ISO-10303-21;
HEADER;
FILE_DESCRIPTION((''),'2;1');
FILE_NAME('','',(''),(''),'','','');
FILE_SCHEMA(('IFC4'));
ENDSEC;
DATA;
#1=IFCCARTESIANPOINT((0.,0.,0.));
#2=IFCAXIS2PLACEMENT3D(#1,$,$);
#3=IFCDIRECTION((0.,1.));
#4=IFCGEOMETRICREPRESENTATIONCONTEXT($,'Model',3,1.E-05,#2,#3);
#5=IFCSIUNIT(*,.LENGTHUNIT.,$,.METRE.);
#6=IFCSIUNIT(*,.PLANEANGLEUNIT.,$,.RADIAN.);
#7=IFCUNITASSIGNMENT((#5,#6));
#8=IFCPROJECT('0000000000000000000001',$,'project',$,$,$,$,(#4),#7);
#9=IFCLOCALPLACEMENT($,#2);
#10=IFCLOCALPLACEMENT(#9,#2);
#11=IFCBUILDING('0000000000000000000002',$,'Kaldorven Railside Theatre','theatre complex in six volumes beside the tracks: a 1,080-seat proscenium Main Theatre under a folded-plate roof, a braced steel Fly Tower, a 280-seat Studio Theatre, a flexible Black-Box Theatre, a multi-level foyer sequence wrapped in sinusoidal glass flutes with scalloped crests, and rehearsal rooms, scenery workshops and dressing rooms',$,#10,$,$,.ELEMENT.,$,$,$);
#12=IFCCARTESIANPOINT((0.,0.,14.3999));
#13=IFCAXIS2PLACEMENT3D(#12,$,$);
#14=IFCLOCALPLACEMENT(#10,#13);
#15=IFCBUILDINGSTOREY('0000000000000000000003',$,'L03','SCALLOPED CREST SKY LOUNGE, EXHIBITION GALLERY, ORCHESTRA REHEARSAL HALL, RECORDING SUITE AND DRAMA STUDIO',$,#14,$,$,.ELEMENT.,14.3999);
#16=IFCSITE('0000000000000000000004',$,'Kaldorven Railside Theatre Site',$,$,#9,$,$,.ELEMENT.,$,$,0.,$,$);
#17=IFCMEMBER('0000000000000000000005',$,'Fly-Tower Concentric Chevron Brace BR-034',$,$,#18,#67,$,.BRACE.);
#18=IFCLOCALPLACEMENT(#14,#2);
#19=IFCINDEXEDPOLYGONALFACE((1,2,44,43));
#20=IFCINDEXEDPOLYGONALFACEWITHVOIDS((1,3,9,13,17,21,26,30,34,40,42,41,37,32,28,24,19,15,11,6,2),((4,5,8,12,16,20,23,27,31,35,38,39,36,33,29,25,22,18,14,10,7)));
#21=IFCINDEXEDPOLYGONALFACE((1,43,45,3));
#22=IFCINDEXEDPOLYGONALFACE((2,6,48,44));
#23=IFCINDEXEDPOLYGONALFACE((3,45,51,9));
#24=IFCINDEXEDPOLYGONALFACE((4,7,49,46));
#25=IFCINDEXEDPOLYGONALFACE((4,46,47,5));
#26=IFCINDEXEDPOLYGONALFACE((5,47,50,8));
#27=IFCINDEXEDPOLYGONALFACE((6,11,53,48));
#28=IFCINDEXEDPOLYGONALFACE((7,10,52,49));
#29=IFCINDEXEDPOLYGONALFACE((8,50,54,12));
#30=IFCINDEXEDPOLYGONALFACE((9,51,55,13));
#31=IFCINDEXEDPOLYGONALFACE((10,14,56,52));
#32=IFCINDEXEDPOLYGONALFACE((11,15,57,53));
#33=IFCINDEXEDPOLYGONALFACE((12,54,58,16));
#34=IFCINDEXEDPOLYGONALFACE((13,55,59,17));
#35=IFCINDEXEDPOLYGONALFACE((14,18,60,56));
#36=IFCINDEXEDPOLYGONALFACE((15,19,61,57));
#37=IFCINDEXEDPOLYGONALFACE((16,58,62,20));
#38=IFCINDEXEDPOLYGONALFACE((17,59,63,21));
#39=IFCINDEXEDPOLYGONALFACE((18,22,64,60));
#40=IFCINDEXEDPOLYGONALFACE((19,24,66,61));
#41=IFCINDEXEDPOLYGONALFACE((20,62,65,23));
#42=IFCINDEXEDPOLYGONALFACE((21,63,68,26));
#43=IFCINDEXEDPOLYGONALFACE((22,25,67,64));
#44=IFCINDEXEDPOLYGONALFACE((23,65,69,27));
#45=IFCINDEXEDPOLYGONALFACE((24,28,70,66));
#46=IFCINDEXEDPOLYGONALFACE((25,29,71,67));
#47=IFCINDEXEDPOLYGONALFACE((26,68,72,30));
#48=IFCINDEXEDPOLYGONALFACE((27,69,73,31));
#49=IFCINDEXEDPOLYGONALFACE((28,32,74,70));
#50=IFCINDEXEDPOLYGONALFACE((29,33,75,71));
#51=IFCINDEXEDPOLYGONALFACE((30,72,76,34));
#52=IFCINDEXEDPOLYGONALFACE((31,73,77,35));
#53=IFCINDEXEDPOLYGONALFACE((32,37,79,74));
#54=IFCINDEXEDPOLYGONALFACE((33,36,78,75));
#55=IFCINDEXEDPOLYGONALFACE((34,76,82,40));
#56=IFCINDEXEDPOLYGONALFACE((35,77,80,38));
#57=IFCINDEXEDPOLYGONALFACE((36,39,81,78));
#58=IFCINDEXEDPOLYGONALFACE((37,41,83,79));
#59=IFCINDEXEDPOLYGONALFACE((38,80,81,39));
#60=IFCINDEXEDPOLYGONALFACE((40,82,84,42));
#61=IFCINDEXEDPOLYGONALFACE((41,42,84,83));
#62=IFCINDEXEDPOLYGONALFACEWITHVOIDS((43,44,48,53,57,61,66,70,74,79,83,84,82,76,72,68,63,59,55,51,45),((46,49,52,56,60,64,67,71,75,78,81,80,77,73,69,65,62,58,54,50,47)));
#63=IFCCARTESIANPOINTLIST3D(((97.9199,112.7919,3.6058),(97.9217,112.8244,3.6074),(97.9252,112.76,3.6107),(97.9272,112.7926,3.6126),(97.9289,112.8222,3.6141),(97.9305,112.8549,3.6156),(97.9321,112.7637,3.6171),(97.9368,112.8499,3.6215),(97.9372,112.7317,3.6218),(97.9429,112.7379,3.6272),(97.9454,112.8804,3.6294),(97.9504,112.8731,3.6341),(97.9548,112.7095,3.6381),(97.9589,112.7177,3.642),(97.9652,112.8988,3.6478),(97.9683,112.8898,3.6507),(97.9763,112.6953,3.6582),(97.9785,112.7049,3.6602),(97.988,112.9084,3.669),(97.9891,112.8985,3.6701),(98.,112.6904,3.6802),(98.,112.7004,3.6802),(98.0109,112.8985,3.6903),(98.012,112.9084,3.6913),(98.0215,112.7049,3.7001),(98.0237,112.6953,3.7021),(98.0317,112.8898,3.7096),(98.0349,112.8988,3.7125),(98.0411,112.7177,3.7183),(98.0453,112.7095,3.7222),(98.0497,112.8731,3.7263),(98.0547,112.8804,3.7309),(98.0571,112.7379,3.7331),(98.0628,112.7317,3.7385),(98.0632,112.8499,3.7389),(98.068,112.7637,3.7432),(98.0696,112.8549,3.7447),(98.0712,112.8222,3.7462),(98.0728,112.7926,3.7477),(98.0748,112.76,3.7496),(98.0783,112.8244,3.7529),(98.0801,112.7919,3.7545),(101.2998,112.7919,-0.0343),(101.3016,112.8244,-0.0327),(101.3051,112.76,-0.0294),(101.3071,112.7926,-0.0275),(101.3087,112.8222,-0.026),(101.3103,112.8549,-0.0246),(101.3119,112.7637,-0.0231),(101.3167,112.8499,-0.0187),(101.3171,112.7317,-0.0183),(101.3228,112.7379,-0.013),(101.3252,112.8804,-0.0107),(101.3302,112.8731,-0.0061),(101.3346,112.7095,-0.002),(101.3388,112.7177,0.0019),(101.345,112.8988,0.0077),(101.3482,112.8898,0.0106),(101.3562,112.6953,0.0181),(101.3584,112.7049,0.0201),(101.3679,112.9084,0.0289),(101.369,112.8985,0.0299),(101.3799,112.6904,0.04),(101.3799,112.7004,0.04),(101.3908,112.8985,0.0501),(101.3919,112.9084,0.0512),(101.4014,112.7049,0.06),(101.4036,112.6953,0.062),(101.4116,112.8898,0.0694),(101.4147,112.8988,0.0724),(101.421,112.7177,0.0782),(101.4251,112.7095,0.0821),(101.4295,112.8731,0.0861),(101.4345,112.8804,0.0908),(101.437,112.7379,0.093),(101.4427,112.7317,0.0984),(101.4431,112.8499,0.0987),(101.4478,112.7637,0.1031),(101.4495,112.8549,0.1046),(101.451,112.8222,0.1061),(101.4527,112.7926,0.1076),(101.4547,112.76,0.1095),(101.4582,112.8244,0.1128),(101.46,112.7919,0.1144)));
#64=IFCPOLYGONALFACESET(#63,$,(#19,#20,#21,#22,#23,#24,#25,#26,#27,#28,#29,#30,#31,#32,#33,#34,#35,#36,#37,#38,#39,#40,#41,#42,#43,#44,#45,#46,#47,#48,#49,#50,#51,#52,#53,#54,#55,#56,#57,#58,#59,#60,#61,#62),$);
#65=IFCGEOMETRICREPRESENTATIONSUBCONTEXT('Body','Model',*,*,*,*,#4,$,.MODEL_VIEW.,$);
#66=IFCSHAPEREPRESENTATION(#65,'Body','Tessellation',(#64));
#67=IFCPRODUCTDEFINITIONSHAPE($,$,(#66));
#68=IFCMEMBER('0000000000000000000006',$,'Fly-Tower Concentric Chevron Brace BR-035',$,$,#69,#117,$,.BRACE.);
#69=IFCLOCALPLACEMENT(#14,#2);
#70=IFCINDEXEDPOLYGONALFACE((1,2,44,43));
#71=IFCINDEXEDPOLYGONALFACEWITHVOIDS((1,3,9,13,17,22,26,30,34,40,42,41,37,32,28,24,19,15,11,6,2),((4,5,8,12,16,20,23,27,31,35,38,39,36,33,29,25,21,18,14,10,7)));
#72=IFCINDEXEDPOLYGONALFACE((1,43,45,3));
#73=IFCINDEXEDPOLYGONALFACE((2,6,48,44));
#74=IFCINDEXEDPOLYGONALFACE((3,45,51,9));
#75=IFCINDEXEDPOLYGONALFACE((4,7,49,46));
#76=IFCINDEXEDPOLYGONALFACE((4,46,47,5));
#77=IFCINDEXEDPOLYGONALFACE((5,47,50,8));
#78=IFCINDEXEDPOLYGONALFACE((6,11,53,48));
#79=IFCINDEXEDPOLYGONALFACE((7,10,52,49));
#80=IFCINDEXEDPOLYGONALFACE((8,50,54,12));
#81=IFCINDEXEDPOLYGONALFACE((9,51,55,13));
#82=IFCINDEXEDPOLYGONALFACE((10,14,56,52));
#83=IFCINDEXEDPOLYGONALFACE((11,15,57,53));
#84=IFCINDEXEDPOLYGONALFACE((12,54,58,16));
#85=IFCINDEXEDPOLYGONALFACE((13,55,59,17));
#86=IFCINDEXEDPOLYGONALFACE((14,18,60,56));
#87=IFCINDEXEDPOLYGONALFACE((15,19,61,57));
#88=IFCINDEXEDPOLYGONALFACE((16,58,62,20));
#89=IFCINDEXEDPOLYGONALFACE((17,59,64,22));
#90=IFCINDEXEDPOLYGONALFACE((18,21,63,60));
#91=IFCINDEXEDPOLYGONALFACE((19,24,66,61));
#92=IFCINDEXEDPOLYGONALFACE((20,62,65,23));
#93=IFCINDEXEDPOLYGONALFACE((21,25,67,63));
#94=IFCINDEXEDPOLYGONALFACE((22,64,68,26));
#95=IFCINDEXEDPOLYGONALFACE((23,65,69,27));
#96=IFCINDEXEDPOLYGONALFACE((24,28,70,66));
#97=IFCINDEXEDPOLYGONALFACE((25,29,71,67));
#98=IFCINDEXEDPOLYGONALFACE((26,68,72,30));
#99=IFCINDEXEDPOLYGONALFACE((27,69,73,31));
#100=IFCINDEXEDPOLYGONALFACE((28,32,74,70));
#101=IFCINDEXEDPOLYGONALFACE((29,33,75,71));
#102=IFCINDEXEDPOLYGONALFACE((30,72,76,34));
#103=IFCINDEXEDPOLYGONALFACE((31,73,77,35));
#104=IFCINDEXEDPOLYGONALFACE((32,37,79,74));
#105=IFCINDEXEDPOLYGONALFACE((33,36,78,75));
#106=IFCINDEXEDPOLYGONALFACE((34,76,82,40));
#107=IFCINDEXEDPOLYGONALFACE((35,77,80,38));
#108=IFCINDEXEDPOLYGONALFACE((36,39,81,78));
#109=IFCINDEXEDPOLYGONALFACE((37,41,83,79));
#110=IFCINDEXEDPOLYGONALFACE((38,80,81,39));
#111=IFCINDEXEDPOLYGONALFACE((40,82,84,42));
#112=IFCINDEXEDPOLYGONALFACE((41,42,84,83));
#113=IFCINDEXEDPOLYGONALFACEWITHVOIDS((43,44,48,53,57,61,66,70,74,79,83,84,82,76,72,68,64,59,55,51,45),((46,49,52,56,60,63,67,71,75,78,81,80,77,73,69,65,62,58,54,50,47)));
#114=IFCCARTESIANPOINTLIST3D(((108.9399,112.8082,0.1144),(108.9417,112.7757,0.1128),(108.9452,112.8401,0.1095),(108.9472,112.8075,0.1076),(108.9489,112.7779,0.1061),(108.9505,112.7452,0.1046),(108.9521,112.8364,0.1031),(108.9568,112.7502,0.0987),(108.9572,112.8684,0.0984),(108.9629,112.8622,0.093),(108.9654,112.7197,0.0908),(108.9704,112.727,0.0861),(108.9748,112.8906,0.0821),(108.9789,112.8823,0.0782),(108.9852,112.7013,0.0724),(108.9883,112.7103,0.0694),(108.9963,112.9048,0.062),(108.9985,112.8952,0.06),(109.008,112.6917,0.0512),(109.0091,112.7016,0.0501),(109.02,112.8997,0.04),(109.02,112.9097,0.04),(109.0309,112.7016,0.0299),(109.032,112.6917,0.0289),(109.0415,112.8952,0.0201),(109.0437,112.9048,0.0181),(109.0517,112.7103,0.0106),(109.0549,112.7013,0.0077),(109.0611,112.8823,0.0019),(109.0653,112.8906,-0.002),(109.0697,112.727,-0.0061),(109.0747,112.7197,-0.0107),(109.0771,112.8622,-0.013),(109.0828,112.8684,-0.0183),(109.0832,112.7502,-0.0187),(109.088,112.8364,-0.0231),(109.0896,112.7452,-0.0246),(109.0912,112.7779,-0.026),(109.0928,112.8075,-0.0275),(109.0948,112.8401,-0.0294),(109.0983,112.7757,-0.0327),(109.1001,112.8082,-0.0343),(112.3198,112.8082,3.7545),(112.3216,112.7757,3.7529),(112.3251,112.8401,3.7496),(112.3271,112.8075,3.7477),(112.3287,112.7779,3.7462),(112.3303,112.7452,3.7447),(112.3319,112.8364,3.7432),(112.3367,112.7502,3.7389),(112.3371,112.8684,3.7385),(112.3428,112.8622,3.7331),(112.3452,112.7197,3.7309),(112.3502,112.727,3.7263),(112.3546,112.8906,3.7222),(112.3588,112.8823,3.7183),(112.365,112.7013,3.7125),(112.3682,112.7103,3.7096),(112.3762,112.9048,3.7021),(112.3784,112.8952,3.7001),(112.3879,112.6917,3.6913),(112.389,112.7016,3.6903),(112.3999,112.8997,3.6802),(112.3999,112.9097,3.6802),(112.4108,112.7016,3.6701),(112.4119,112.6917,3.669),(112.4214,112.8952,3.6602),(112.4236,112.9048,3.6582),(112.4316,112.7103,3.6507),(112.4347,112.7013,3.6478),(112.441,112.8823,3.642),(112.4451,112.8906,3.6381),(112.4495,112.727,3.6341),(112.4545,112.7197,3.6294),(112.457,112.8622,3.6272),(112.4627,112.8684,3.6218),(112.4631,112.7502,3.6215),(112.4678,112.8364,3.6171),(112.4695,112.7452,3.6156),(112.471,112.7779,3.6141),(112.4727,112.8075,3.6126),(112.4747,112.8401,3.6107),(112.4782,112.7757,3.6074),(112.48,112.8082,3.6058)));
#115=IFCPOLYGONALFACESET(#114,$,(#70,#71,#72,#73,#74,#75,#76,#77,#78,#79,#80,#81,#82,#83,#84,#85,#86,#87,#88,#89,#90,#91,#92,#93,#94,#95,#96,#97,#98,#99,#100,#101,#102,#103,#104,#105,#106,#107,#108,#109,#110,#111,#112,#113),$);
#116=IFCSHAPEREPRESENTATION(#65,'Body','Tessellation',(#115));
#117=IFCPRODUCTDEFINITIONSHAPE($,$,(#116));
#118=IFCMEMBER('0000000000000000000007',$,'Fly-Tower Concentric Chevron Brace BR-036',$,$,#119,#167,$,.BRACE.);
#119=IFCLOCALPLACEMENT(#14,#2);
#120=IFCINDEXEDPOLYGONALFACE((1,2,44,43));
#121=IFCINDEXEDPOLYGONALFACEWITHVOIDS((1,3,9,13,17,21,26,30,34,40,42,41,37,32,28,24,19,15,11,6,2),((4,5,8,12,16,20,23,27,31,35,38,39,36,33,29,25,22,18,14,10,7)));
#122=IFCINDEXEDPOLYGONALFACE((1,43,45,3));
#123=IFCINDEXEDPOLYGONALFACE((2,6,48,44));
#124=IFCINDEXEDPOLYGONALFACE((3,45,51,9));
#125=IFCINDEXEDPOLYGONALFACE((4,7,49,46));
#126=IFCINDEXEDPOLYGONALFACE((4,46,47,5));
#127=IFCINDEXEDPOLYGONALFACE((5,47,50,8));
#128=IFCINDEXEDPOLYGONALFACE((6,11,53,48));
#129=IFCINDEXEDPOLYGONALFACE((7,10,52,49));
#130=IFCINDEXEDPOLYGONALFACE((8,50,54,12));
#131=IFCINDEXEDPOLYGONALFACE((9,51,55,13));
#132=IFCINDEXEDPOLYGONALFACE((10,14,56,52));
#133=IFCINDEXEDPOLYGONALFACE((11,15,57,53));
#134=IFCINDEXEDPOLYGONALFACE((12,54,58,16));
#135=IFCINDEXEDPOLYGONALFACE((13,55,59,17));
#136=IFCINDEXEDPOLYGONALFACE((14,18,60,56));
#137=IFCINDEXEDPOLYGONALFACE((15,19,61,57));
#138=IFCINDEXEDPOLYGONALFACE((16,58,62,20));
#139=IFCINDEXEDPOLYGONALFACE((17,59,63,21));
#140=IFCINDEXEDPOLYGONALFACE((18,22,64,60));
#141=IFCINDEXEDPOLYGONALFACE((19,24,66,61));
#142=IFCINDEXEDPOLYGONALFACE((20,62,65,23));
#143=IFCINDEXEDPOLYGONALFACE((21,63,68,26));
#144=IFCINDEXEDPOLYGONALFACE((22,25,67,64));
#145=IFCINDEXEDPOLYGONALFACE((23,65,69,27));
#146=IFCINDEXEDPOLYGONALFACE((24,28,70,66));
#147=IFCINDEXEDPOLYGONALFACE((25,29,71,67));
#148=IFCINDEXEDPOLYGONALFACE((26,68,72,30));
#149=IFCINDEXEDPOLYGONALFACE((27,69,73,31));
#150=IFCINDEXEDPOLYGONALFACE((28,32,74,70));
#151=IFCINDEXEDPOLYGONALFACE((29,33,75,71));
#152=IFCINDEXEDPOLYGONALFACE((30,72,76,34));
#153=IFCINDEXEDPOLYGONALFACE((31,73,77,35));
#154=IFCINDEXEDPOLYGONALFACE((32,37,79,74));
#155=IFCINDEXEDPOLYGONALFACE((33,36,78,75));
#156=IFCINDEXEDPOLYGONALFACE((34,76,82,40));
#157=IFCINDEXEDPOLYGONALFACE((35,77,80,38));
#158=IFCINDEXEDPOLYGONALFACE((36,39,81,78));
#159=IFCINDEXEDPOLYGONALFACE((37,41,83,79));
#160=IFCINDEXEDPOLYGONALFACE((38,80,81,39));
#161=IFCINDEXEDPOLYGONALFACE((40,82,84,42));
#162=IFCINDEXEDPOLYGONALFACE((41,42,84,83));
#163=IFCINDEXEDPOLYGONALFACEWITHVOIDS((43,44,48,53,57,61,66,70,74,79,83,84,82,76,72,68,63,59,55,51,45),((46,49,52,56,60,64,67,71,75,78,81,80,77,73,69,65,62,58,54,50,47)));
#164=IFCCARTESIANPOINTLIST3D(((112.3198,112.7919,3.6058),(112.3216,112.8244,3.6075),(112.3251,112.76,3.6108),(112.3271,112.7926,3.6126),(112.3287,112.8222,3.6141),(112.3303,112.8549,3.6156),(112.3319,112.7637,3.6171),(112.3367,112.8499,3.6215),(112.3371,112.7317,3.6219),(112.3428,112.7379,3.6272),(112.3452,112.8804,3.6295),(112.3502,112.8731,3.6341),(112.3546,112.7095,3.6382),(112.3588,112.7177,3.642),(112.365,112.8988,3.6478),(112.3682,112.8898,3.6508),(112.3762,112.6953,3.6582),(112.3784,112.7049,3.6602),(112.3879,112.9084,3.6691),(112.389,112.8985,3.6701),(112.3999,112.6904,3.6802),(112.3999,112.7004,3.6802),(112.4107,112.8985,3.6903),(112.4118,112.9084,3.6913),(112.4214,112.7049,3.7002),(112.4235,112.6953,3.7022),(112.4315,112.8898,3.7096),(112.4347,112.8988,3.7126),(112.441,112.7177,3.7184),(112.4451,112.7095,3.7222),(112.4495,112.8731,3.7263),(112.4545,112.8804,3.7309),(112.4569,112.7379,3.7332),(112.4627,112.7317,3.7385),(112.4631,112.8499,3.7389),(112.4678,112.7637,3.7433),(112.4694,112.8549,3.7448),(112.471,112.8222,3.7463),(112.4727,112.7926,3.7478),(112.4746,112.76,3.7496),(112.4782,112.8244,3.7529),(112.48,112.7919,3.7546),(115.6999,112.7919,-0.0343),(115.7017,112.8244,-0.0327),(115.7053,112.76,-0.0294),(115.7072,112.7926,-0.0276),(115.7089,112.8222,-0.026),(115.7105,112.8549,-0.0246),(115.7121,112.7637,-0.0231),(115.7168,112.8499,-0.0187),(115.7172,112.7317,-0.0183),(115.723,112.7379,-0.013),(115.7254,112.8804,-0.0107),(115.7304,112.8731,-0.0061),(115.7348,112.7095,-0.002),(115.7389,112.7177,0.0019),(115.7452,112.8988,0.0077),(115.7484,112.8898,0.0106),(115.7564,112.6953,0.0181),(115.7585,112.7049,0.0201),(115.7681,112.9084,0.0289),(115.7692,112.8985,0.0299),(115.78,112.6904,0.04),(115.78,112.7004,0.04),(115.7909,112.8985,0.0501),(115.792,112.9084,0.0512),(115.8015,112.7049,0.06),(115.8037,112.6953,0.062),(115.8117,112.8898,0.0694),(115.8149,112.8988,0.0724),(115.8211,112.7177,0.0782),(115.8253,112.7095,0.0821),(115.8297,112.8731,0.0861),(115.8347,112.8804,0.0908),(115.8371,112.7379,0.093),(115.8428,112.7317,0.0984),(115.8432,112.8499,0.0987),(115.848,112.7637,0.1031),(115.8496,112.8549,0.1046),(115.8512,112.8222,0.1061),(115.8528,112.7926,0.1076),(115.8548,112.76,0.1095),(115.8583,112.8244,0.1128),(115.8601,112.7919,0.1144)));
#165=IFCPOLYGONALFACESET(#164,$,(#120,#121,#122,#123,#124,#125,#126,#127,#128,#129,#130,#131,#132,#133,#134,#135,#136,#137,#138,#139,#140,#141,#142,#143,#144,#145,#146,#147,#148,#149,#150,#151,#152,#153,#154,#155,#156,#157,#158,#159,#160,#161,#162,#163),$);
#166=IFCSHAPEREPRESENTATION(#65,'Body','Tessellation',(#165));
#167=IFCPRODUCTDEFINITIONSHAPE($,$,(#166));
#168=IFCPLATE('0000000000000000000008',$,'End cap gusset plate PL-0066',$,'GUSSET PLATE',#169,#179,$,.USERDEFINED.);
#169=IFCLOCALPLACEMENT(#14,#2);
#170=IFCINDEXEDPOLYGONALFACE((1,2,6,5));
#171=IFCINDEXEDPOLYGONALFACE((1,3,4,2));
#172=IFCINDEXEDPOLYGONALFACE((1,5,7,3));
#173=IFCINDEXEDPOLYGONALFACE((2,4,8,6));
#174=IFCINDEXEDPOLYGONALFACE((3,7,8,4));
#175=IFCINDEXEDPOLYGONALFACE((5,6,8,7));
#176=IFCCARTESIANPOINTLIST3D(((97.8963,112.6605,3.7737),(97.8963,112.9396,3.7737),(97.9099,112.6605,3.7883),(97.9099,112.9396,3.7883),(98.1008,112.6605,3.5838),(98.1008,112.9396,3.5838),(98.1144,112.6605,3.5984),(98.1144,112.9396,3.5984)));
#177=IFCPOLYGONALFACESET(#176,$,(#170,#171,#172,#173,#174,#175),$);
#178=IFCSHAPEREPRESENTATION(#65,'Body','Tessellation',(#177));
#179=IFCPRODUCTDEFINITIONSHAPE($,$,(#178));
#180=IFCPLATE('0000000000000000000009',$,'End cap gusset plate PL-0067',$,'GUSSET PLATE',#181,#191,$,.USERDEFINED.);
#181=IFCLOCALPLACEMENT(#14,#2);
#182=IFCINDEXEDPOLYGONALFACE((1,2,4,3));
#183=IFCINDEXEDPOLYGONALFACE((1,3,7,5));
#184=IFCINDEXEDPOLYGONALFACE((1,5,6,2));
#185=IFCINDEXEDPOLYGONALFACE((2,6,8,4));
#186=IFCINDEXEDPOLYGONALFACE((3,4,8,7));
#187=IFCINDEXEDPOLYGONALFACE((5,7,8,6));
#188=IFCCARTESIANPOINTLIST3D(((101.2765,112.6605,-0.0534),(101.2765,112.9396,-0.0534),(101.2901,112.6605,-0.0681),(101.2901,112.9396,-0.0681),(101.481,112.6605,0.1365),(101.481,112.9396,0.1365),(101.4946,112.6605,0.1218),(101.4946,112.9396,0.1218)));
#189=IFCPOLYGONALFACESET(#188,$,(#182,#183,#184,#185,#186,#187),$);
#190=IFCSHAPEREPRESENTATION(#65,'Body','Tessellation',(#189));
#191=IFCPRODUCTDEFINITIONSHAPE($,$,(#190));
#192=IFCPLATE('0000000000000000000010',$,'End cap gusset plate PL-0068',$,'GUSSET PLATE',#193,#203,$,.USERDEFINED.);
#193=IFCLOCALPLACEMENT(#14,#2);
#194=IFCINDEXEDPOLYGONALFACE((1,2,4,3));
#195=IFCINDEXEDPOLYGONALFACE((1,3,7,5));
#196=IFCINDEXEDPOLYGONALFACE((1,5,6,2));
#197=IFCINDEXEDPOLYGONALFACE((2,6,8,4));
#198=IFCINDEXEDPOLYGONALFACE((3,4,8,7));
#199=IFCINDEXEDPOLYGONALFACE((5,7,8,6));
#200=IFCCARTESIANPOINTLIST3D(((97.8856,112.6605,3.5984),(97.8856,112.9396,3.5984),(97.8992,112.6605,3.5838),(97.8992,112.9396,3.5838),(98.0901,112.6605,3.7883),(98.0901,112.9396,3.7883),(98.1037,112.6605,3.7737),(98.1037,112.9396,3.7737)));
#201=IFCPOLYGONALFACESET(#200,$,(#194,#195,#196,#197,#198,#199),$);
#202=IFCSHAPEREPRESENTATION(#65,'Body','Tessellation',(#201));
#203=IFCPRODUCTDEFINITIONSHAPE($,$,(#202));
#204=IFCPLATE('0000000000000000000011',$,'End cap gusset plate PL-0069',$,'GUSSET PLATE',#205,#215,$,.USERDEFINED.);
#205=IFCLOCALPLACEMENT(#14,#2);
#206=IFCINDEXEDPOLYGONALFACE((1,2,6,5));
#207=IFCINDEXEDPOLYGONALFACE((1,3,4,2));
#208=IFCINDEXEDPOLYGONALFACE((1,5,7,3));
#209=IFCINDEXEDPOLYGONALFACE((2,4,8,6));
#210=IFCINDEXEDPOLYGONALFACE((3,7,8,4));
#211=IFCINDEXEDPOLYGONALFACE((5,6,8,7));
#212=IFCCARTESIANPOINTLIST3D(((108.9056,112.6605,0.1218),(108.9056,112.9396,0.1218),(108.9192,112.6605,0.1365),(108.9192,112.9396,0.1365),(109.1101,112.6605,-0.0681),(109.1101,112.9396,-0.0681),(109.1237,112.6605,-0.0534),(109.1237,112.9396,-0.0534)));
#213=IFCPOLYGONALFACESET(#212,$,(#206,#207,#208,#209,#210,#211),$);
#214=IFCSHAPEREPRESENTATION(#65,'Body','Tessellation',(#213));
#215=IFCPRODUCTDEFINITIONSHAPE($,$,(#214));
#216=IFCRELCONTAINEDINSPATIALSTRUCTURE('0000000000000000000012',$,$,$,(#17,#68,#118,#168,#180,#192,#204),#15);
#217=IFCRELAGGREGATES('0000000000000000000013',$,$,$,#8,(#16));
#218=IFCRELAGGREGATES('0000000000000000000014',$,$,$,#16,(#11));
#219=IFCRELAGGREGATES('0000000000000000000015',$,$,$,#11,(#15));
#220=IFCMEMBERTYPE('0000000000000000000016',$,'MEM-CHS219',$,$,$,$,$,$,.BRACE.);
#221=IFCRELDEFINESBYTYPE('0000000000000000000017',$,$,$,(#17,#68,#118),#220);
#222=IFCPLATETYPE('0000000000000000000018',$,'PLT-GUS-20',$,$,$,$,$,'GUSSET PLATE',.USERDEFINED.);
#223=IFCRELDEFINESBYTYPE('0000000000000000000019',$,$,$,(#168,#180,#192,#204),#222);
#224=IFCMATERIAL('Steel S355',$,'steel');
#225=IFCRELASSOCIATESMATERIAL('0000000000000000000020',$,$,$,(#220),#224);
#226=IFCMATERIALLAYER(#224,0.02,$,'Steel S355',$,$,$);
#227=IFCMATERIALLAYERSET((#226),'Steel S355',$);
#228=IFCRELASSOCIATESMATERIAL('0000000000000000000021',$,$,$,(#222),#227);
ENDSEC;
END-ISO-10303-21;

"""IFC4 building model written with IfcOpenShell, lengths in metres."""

from ifc_helpers import new_model, si_unit, direction, frame, origin, origin_2d, place, context, subcontext, project, spatial, rectangle, hollow_circle, extrude, material, layer, layer_set, material_profile, profile_set, type_object, element, save


model = new_model("IFC4")

# Units and contexts
model_context = context("Model", 3, precision=1e-05, world=origin(), true_north=direction((0.0, 1.0)))
body_context = subcontext(model_context, "Body", "Model", "MODEL_VIEW")
ifc_project = project(units=[si_unit("LENGTHUNIT", "METRE"), si_unit("PLANEANGLEUNIT", "RADIAN")], contexts=[model_context])

# Site, building, storey
site_placement = place(None, origin())
site = spatial("IfcSite", under=ifc_project, at=site_placement, Name="Kaldorven Railside Theatre Site", CompositionType="ELEMENT", RefElevation=0.0)
building_placement = place(site_placement, origin())
building = spatial("IfcBuilding", under=site, at=building_placement, Name="Kaldorven Railside Theatre", Description="theatre complex in six volumes beside the tracks: a 1,080-seat proscenium Main Theatre under a folded-plate roof, a braced steel Fly Tower, a 280-seat Studio Theatre, a flexible Black-Box Theatre, a multi-level foyer sequence wrapped in sinusoidal glass flutes with scalloped crests, and rehearsal rooms, scenery workshops and dressing rooms", CompositionType="ELEMENT")
storey_placement = place(building_placement, frame((0.0, 0.0, 14.3999)))
storey = spatial("IfcBuildingStorey", under=building, at=storey_placement, Name="L03", Description="SCALLOPED CREST SKY LOUNGE, EXHIBITION GALLERY, ORCHESTRA REHEARSAL HALL, RECORDING SUITE AND DRAMA STUDIO", CompositionType="ELEMENT", Elevation=14.3999)

# Shared definitions
ifc_material_1 = material(Name="Steel S355", Category="steel")

# Members
ifc_material_profile_1 = material_profile(ifc_material_1, hollow_circle(Radius=0.1096, WallThickness=0.01, at=origin_2d()), Name="CHS 219.1x10")
ifc_profile_set_1 = profile_set([ifc_material_profile_1], Name="Steel S355")
member_type = type_object("IfcMemberType", Name="MEM-CHS219", PredefinedType="BRACE", material=ifc_profile_set_1)
for number, where, z_axis, x_axis, name in (
    (1, (101.3799, 112.8, 0.04), (-0.680425, 0.0, 0.732818), (0.0, -1.0, 0.0), "Fly-Tower Concentric Chevron Brace BR-034"),
    (2, (109.02, 112.8, 0.04), (0.680425, 0.0, 0.732818), (0.0, 1.0, 0.0), "Fly-Tower Concentric Chevron Brace BR-035"),
):
    element("IfcMember", number, at=place(storey_placement, frame(where, z_axis=z_axis, x_axis=x_axis)), inside=storey, type_object=member_type, Name=name, PredefinedType="BRACE", context=body_context, shape_type="SweptSolid", body=[
        extrude(hollow_circle(Radius=0.1096, WallThickness=0.01, at=origin_2d()), origin(), (0.0, 0.0, 1.0), 4.9673),
    ])
member_placement = place(storey_placement, frame((115.78, 112.8, 0.04), z_axis=(-0.680451, 0.0, 0.732793), x_axis=(0.0, -1.0, 0.0)))
element("IfcMember", 3, at=member_placement, inside=storey, type_object=member_type, Name="Fly-Tower Concentric Chevron Brace BR-036", PredefinedType="BRACE", context=body_context, shape_type="SweptSolid", body=[
    extrude(hollow_circle(Radius=0.1096, WallThickness=0.01, at=origin_2d()), origin(), (0.0, 0.0, 1.0), 4.9675),
])

# Plates
ifc_layer_1 = layer(ifc_material_1, 0.02, Name="Steel S355")
ifc_layer_set_1 = layer_set([ifc_layer_1], Name="Steel S355")
plate_type = type_object("IfcPlateType", Name="PLT-GUS-20", ElementType="GUSSET PLATE", PredefinedType="USERDEFINED", material=ifc_layer_set_1)
for number, where, z_axis, x_axis, name in (
    (4, (97.9985, 112.8, 3.6787), (0.680465, 0.0, 0.73278), (0.0, 1.0, 0.0), "End cap gusset plate PL-0066"),
    (5, (101.3923, 112.8, 0.0269), (-0.680465, 0.0, 0.73278), (0.0, -1.0, 0.0), "End cap gusset plate PL-0067"),
    (6, (98.0015, 112.8, 3.6787), (-0.680465, 0.0, 0.73278), (0.0, -1.0, 0.0), "End cap gusset plate PL-0068"),
    (7, (109.0078, 112.8, 0.0269), (0.680465, 0.0, 0.73278), (0.0, 1.0, 0.0), "End cap gusset plate PL-0069"),
):
    element("IfcPlate", number, at=place(storey_placement, frame(where, z_axis=z_axis, x_axis=x_axis)), inside=storey, type_object=plate_type, Name=name, ObjectType="GUSSET PLATE", PredefinedType="USERDEFINED", context=body_context, shape_type="SweptSolid", body=[
        extrude(rectangle(XDim=0.2791, YDim=0.2791, at=origin_2d()), origin(), (0.0, 0.0, 1.0), 0.02),
    ])

save(model, "model.ifc")
